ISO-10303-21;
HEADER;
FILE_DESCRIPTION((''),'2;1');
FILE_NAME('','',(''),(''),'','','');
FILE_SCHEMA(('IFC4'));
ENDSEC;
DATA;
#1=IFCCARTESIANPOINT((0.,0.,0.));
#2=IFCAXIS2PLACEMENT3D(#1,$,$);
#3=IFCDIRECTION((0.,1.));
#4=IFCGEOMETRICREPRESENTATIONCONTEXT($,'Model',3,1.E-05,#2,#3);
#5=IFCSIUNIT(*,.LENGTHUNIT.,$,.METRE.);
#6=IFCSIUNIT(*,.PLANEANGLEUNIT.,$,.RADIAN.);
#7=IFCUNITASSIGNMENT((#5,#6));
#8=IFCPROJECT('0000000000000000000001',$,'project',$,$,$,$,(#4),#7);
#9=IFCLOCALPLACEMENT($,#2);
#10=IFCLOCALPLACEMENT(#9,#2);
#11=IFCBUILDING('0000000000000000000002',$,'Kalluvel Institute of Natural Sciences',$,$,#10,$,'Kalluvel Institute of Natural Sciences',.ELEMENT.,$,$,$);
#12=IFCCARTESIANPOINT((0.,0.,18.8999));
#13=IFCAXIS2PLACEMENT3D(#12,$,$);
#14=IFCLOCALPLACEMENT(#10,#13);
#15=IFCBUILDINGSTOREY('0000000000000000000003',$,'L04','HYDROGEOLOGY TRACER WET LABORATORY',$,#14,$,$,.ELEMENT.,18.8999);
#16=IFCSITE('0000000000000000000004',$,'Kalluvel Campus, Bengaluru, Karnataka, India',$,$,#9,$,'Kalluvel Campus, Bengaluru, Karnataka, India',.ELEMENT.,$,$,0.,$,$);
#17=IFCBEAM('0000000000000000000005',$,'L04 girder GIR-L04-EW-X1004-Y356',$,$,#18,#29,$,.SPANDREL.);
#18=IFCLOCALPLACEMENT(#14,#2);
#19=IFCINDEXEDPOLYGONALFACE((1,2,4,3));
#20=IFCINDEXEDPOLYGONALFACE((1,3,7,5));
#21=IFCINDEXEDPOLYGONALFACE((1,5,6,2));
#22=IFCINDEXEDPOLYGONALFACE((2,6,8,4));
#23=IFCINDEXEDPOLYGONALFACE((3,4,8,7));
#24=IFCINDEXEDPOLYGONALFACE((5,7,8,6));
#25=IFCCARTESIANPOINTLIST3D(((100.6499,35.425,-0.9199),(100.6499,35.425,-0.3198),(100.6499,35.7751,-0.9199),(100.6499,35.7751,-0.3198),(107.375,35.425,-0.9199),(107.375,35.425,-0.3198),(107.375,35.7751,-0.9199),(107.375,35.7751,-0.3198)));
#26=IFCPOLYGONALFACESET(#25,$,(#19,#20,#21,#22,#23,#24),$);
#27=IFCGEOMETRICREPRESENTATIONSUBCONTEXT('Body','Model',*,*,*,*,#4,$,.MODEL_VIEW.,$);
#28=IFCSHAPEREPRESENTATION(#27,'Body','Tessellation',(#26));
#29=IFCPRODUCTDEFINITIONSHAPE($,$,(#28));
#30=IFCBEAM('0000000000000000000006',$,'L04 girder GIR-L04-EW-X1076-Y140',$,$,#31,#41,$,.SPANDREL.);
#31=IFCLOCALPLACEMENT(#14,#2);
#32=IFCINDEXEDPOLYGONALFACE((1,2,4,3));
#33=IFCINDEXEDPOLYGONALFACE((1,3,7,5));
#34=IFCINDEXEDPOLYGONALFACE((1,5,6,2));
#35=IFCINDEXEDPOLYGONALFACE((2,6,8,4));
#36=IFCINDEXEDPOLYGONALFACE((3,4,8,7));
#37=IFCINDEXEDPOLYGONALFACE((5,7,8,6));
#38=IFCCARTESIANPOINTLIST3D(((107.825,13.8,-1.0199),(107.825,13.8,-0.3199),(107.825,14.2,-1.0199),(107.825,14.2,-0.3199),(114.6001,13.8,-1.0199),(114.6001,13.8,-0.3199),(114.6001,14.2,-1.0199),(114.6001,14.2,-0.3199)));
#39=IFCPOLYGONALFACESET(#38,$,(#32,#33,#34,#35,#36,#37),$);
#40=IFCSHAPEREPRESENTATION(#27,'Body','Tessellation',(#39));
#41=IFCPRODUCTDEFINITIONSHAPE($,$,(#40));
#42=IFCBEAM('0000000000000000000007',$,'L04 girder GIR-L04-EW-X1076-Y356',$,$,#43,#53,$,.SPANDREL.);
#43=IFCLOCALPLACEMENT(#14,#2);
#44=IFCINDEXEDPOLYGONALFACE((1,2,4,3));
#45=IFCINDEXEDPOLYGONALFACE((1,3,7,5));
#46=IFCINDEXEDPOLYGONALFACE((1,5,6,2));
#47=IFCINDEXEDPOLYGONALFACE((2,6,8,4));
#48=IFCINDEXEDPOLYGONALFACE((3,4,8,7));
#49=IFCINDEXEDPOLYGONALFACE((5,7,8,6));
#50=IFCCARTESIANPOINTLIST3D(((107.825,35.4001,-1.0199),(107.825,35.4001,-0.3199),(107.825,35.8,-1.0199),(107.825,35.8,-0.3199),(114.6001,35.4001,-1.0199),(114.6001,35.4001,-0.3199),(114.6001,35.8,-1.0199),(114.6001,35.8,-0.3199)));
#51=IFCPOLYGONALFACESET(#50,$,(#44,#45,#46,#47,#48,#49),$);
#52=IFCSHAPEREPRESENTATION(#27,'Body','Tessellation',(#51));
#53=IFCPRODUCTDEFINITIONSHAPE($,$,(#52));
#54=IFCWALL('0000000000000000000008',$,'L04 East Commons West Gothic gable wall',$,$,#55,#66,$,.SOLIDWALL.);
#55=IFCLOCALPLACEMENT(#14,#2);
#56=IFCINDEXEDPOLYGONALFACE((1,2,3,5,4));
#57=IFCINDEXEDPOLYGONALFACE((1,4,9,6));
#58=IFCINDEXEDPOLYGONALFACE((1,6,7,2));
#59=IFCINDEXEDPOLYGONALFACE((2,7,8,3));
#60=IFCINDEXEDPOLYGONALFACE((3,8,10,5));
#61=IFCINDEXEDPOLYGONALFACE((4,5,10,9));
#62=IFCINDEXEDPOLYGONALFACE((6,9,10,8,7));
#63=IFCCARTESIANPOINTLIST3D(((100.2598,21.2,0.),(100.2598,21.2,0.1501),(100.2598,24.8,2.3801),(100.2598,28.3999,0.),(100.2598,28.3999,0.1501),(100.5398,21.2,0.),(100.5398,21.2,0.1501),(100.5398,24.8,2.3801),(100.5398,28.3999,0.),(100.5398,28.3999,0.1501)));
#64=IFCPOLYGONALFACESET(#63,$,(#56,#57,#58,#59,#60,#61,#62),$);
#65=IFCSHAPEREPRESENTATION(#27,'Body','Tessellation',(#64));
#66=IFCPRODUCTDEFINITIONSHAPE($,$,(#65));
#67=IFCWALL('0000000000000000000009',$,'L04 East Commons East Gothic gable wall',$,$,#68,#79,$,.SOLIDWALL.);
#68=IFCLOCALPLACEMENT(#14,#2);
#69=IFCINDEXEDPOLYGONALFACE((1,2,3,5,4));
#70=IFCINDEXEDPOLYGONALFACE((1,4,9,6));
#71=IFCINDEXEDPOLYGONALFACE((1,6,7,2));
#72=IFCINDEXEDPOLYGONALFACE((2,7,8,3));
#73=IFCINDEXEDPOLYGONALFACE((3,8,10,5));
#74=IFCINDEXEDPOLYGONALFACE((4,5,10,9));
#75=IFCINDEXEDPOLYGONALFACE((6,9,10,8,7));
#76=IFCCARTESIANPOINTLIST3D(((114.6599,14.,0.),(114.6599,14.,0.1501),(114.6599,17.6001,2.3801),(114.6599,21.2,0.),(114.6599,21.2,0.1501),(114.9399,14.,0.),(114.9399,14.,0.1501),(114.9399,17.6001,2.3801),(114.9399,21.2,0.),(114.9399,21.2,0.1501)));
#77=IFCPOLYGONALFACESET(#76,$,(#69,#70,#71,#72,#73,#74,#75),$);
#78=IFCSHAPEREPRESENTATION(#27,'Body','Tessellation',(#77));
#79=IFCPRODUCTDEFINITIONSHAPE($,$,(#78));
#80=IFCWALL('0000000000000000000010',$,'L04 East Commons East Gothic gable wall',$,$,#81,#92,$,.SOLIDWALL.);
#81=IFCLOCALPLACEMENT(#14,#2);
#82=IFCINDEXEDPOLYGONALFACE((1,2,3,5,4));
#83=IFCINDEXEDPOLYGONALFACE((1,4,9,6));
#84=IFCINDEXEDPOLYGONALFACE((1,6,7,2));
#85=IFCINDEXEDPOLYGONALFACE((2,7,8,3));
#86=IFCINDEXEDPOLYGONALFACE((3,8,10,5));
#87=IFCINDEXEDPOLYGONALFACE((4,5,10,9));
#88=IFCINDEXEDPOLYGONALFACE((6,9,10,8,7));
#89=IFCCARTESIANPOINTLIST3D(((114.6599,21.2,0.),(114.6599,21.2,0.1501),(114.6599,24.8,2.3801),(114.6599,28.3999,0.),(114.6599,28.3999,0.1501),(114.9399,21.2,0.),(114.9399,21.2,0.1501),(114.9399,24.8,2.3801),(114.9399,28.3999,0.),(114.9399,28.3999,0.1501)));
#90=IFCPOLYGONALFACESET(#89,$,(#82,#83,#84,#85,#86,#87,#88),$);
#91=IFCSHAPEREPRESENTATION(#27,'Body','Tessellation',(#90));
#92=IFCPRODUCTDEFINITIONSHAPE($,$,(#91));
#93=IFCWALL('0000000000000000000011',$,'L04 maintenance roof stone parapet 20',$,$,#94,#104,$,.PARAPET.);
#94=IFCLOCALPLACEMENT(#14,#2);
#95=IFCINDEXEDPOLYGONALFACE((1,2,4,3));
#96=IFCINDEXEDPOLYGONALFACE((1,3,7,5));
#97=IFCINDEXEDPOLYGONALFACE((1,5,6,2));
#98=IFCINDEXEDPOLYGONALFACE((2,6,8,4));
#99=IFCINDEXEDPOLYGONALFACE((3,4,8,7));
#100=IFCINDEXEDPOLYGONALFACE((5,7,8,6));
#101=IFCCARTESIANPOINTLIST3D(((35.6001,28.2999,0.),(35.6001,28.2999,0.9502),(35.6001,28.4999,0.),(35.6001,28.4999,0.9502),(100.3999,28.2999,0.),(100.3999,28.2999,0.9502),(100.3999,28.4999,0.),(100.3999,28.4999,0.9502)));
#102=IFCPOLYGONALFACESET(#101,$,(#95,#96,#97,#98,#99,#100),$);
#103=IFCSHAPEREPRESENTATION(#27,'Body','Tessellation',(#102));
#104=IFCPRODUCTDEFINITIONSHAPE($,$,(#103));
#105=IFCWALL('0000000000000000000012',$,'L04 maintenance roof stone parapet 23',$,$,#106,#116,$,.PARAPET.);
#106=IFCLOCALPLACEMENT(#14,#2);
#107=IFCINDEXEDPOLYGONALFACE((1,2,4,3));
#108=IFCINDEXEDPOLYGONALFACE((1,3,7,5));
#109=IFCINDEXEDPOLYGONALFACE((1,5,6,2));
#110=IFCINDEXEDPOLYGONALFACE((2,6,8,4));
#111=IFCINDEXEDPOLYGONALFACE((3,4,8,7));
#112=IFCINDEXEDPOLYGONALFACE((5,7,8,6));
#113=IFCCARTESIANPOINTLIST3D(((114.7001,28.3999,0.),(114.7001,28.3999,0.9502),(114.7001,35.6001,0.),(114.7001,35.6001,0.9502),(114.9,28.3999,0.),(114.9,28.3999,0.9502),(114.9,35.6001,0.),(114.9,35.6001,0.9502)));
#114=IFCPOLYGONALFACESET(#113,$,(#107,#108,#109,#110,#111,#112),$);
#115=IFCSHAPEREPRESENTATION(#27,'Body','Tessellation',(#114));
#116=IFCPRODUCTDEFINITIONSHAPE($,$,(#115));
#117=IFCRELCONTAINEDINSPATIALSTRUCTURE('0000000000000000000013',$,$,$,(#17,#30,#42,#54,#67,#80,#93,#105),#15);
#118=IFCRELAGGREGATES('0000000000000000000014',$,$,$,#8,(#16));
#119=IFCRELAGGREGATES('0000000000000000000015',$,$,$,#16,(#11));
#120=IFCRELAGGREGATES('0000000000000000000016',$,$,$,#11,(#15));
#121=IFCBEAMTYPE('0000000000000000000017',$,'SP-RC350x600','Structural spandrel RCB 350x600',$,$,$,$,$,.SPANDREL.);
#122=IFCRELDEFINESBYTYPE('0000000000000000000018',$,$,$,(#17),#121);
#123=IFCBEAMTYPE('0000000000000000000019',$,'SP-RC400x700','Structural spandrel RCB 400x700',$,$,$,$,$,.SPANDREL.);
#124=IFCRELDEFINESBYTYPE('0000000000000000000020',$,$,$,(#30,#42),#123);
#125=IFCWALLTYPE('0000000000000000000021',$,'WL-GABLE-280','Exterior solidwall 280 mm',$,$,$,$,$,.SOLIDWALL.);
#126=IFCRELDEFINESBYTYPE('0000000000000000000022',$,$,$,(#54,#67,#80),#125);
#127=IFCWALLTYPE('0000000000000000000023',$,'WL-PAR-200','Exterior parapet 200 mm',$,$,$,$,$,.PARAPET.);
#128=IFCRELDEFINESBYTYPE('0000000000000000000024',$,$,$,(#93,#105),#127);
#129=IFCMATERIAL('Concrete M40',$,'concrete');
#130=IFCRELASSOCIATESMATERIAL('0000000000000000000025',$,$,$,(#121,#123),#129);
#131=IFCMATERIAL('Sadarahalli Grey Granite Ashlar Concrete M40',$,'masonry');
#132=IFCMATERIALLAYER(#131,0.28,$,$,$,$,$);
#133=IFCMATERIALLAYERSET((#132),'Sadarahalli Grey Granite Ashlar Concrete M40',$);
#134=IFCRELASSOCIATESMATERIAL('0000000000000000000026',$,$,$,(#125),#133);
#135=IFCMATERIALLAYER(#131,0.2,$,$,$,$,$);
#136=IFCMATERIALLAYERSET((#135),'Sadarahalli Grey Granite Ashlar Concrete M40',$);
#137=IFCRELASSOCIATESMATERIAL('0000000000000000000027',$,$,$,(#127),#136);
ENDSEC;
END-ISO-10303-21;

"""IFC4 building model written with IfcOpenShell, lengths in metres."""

from ifc_helpers import new_model, si_unit, direction, frame, frame_2d, origin, origin_2d, place, context, subcontext, project, spatial, polyline, rectangle, outline, extrude, material, layer, layer_set, material_profile, profile_set, type_object, element, save


model = new_model("IFC4")

# Units and contexts
model_context = context("Model", 3, precision=1e-05, world=origin(), true_north=direction((0.0, 1.0)))
body_context = subcontext(model_context, "Body", "Model", "MODEL_VIEW")
ifc_project = project(units=[si_unit("LENGTHUNIT", "METRE"), si_unit("PLANEANGLEUNIT", "RADIAN")], contexts=[model_context])

# Site, building, storey
site_placement = place(None, origin())
site = spatial("IfcSite", under=ifc_project, at=site_placement, Name="Kalluvel Campus, Bengaluru, Karnataka, India", LongName="Kalluvel Campus, Bengaluru, Karnataka, India", CompositionType="ELEMENT", RefElevation=0.0)
building_placement = place(site_placement, origin())
building = spatial("IfcBuilding", under=site, at=building_placement, Name="Kalluvel Institute of Natural Sciences", LongName="Kalluvel Institute of Natural Sciences", CompositionType="ELEMENT")
storey_placement = place(building_placement, frame((0.0, 0.0, 18.8999)))
storey = spatial("IfcBuildingStorey", under=building, at=storey_placement, Name="L04", Description="HYDROGEOLOGY TRACER WET LABORATORY", CompositionType="ELEMENT", Elevation=18.8999)

# Beams
ifc_material_1 = material(Name="Concrete M40", Category="concrete")
ifc_material_profile_1 = material_profile(ifc_material_1, rectangle(XDim=0.3501, YDim=0.6001, at=origin_2d()), Name="RCB 350x600")
ifc_profile_set_1 = profile_set([ifc_material_profile_1], Name="Concrete M40")
beam_type_1 = type_object("IfcBeamType", Name="SP-RC350x600", Description="Structural spandrel RCB 350x600", PredefinedType="SPANDREL", material=ifc_profile_set_1)
beam_1_placement = place(storey_placement, frame((100.6499, 35.6001, -0.6199), z_axis=(1.0, 0.0, 0.0), x_axis=(0.0, 1.0, 0.0)))
element("IfcBeam", 1, at=beam_1_placement, inside=storey, type_object=beam_type_1, Name="L04 girder GIR-L04-EW-X1004-Y356", PredefinedType="SPANDREL", context=body_context, shape_type="SweptSolid", body=[
    extrude(rectangle(XDim=0.3501, YDim=0.6001, at=origin_2d()), origin(), (0.0, 0.0, 1.0), 6.7251),
])
ifc_material_profile_2 = material_profile(ifc_material_1, rectangle(XDim=0.3999, YDim=0.7, at=origin_2d()), Name="RCB 400x700")
ifc_profile_set_2 = profile_set([ifc_material_profile_2], Name="Concrete M40")
beam_type_2 = type_object("IfcBeamType", Name="SP-RC400x700", Description="Structural spandrel RCB 400x700", PredefinedType="SPANDREL", material=ifc_profile_set_2)
for number, where, z_axis, x_axis, name in (
    (2, (107.825, 14.0, -0.6699), (1.0, 0.0, 0.0), (0.0, 1.0, 0.0), "L04 girder GIR-L04-EW-X1076-Y140"),
    (3, (107.825, 35.6001, -0.6699), (1.0, 0.0, 0.0), (0.0, 1.0, 0.0), "L04 girder GIR-L04-EW-X1076-Y356"),
):
    element("IfcBeam", number, at=place(storey_placement, frame(where, z_axis=z_axis, x_axis=x_axis)), inside=storey, type_object=beam_type_2, Name=name, PredefinedType="SPANDREL", context=body_context, shape_type="SweptSolid", body=[
        extrude(rectangle(XDim=0.3999, YDim=0.7, at=origin_2d()), origin(), (0.0, 0.0, 1.0), 6.7751),
    ])

# Walls
ifc_material_2 = material(Name="Sadarahalli Grey Granite Ashlar Concrete M40", Category="masonry")
ifc_layer_1 = layer(ifc_material_2, 0.28)
ifc_layer_set_1 = layer_set([ifc_layer_1], Name="Sadarahalli Grey Granite Ashlar Concrete M40")
wall_type_1 = type_object("IfcWallType", Name="WL-GABLE-280", Description="Exterior solidwall 280 mm", PredefinedType="SOLIDWALL", material=ifc_layer_set_1)
for number, where, z_axis, x_axis, name in (
    (4, (100.3999, 21.2, 0.0), (0.0, 0.0, 1.0), (0.0, 1.0, 0.0), "L04 East Commons West Gothic gable wall"),
    (5, (114.8, 14.0, 0.0), (0.0, 0.0, 1.0), (0.0, 1.0, 0.0), "L04 East Commons East Gothic gable wall"),
    (6, (114.8, 21.2, 0.0), (0.0, 0.0, 1.0), (0.0, 1.0, 0.0), "L04 East Commons East Gothic gable wall"),
):
    element("IfcWall", number, at=place(storey_placement, frame(where, z_axis=z_axis, x_axis=x_axis)), inside=storey, type_object=wall_type_1, Name=name, PredefinedType="SOLIDWALL", context=body_context, shape_type="SweptSolid", body=[
        extrude(outline(polyline([(0.0, 0.0), (7.2, 0.0), (7.2, 0.1501), (3.6001, 2.3801), (0.0, 0.1501), (0.0, 0.0)])), frame((0.0, 0.1401, 0.0), z_axis=(0.0, -1.0, 0.0), x_axis=(1.0, 0.0, 0.0)), (0.0, 0.0, 1.0), 0.28),
    ])
ifc_layer_2 = layer(ifc_material_2, 0.2)
ifc_layer_set_2 = layer_set([ifc_layer_2], Name="Sadarahalli Grey Granite Ashlar Concrete M40")
wall_type_2 = type_object("IfcWallType", Name="WL-PAR-200", Description="Exterior parapet 200 mm", PredefinedType="PARAPET", material=ifc_layer_set_2)
wall_1_placement = place(storey_placement, frame((100.3999, 28.3999, 0.0), z_axis=(0.0, 0.0, 1.0), x_axis=(-1.0, 0.0, 0.0)))
element("IfcWall", 7, at=wall_1_placement, inside=storey, type_object=wall_type_2, Name="L04 maintenance roof stone parapet 20", PredefinedType="PARAPET", context=body_context, shape_type="SweptSolid", body=[
    extrude(rectangle(XDim=64.7998, YDim=0.2, at=frame_2d((32.3999, 0.0))), origin(), (0.0, 0.0, 1.0), 0.9502),
])
wall_2_placement = place(storey_placement, frame((114.8, 35.6001, 0.0), z_axis=(0.0, 0.0, 1.0), x_axis=(0.0, -1.0, 0.0)))
element("IfcWall", 8, at=wall_2_placement, inside=storey, type_object=wall_type_2, Name="L04 maintenance roof stone parapet 23", PredefinedType="PARAPET", context=body_context, shape_type="SweptSolid", body=[
    extrude(rectangle(XDim=7.2002, YDim=0.2, at=frame_2d((3.6001, 0.0))), origin(), (0.0, 0.0, 1.0), 0.9502),
])

save(model, "model.ifc")
